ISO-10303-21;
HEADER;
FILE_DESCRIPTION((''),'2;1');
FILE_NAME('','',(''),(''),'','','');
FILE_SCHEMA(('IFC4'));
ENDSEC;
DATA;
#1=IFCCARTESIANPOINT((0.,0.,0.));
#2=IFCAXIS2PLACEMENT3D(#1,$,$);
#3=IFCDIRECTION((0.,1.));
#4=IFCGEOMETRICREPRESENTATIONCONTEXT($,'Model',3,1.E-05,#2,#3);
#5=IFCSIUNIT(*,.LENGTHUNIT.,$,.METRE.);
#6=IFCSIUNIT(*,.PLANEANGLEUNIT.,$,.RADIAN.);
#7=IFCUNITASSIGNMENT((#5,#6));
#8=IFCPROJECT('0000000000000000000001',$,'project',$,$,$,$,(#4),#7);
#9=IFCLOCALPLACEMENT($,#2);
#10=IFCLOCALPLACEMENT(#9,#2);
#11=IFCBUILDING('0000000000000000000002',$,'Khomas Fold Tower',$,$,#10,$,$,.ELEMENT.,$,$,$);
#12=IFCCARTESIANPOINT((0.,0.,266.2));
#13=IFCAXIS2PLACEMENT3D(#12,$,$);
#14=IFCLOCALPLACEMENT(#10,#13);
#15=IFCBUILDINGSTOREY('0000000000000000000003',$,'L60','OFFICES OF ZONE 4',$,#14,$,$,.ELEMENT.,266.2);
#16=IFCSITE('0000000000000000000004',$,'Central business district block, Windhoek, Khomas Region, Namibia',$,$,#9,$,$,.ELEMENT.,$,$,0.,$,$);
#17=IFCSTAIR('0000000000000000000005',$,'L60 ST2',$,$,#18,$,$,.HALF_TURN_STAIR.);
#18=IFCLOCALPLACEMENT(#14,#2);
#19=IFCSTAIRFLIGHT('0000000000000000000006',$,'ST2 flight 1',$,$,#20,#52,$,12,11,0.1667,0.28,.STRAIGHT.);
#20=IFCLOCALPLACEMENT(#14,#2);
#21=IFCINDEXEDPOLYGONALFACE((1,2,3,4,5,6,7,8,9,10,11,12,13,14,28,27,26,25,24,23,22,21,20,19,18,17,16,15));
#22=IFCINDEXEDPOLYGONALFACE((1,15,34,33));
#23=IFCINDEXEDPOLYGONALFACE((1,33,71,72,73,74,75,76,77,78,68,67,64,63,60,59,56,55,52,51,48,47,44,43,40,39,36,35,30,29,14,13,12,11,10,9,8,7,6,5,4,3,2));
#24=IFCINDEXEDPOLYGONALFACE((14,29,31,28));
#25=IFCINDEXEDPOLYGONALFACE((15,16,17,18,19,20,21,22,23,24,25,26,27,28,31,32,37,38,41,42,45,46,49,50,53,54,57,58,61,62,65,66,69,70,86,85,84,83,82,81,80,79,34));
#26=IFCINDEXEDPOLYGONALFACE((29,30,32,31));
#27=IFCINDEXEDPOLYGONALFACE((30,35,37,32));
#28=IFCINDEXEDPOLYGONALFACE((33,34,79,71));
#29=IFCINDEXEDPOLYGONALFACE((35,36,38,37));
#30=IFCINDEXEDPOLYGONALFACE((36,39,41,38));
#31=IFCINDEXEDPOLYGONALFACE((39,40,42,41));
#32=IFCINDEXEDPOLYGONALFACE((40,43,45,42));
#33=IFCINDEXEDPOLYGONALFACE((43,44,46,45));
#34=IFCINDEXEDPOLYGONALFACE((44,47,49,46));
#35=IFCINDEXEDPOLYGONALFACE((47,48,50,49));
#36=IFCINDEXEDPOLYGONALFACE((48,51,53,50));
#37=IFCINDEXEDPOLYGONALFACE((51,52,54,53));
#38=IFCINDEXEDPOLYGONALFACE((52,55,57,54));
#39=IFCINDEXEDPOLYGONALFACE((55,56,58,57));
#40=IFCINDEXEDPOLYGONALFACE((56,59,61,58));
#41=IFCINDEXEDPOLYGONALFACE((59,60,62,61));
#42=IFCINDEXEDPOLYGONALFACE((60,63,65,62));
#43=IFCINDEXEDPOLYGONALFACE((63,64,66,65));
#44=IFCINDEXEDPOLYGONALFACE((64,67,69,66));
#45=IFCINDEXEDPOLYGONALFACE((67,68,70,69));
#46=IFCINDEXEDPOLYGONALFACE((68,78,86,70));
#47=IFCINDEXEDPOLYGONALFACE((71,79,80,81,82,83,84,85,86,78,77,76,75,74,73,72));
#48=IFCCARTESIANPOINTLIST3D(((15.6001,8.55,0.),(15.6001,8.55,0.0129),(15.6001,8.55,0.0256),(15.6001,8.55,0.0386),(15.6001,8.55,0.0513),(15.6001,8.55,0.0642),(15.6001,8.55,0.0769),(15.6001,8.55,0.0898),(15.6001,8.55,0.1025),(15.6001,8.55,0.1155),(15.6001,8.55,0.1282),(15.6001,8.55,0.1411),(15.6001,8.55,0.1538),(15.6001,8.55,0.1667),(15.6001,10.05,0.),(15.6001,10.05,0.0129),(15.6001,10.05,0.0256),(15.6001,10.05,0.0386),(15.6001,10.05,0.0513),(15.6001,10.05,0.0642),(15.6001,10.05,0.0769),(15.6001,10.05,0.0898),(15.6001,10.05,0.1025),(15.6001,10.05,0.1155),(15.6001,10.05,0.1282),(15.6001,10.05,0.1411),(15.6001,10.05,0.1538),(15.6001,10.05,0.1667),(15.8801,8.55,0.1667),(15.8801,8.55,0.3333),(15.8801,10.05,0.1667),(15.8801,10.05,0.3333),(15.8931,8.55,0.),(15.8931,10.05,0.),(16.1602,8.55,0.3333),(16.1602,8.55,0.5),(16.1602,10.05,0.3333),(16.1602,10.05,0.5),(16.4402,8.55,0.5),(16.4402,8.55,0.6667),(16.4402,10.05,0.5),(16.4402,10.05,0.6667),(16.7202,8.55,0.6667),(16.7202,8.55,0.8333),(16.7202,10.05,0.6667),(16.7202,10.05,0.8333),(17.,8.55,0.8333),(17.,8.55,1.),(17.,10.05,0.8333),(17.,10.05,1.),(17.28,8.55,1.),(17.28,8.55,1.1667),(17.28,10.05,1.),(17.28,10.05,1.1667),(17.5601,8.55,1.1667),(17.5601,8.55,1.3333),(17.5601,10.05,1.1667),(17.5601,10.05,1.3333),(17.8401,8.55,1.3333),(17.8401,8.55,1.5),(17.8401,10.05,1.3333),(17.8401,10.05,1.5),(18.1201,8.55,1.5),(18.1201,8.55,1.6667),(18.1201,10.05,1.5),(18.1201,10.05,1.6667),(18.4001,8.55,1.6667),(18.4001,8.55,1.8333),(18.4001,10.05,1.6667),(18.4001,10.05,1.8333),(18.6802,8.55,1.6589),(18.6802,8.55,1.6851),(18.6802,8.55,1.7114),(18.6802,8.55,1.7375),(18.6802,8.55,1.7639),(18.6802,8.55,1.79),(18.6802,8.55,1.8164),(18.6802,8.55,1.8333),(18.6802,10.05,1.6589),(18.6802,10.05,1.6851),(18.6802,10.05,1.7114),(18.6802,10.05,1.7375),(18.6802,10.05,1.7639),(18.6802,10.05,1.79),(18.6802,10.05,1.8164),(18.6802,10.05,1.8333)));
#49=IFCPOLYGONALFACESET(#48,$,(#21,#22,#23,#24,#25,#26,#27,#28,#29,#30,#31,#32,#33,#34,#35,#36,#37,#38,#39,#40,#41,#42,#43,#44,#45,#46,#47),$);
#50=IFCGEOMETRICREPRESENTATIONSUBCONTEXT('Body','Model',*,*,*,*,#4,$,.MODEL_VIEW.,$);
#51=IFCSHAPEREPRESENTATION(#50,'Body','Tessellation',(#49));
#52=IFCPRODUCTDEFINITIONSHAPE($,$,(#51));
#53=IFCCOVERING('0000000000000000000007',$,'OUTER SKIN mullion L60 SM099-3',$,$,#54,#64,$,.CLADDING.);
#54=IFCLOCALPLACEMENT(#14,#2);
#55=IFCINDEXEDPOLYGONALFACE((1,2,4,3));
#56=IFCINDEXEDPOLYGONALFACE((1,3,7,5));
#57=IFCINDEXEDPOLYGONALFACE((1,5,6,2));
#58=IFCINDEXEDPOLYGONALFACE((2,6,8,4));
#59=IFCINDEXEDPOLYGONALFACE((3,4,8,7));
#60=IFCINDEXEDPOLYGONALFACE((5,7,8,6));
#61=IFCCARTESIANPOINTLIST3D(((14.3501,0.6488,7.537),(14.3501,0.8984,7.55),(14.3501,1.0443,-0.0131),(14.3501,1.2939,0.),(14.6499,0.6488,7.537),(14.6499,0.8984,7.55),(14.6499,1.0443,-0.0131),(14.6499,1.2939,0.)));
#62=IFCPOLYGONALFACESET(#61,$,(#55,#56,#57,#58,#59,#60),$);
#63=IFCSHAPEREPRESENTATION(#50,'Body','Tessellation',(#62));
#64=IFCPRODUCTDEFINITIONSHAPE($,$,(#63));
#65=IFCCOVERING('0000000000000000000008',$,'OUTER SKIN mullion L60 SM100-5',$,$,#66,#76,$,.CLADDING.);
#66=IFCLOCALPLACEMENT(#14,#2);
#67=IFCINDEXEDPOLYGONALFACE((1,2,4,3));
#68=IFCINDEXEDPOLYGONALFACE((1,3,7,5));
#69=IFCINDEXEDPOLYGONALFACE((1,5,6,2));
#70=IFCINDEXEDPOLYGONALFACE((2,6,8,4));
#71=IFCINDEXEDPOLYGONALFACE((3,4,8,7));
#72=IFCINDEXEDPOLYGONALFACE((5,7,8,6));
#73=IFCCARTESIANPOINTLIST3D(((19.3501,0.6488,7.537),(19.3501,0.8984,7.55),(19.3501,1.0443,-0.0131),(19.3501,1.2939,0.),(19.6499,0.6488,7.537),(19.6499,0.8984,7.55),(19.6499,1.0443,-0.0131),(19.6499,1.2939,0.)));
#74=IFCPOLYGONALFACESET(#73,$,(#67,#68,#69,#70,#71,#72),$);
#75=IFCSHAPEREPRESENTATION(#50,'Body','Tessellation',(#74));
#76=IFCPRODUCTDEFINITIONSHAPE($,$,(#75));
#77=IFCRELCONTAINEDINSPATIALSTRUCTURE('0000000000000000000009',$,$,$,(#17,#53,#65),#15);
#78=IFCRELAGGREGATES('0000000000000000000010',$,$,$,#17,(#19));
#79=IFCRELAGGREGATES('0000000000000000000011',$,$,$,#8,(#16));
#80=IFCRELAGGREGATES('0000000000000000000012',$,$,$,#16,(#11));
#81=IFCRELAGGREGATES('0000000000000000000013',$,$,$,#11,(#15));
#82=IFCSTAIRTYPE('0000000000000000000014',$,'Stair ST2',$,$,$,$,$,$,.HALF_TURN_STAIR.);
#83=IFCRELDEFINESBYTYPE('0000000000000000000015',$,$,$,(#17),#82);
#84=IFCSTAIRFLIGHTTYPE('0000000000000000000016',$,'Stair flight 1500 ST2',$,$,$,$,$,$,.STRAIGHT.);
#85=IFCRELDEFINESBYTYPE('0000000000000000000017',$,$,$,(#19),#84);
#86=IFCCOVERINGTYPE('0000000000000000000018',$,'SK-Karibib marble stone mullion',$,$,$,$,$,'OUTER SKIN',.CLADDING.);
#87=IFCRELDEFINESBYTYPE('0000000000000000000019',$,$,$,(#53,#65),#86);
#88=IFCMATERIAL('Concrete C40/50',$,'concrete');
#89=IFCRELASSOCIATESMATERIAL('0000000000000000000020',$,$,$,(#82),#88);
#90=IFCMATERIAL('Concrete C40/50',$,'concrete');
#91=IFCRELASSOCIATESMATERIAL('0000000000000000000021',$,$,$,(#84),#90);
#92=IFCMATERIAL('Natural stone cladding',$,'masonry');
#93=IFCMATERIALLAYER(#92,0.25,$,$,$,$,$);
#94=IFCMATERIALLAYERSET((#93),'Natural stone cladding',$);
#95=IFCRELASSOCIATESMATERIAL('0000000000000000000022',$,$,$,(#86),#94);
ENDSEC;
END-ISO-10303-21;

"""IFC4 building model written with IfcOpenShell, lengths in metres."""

from ifc_helpers import new_model, si_unit, direction, frame, origin, place, context, subcontext, project, spatial, polyline, outline, extrude, source, transform, mapped, material, layer, layer_set, type_object, element, aggregate, save


model = new_model("IFC4")

# Units and contexts
model_context = context("Model", 3, precision=1e-05, world=origin(), true_north=direction((0.0, 1.0)))
body_context = subcontext(model_context, "Body", "Model", "MODEL_VIEW")
ifc_project = project(units=[si_unit("LENGTHUNIT", "METRE"), si_unit("PLANEANGLEUNIT", "RADIAN")], contexts=[model_context])

# Site, building, storey
site_placement = place(None, origin())
site = spatial("IfcSite", under=ifc_project, at=site_placement, Name="Central business district block, Windhoek, Khomas Region, Namibia", CompositionType="ELEMENT", RefElevation=0.0)
building_placement = place(site_placement, origin())
building = spatial("IfcBuilding", under=site, at=building_placement, Name="Khomas Fold Tower", CompositionType="ELEMENT")
storey_placement = place(building_placement, frame((0.0, 0.0, 266.2)))
storey = spatial("IfcBuildingStorey", under=building, at=storey_placement, Name="L60", Description="OFFICES OF ZONE 4", CompositionType="ELEMENT", Elevation=266.2)

# Stair, stair flight
ifc_material_1 = material(Name="Concrete C40/50", Category="concrete")
stair_type = type_object("IfcStairType", Name="Stair ST2", PredefinedType="HALF_TURN_STAIR", material=ifc_material_1)
stair_placement = place(storey_placement, origin())
stair = element("IfcStair", 1, at=stair_placement, inside=storey, type_object=stair_type, Name="L60 ST2", PredefinedType="HALF_TURN_STAIR")
ifc_material_2 = material(Name="Concrete C40/50", Category="concrete")
stair_flight_type = type_object("IfcStairFlightType", Name="Stair flight 1500 ST2", PredefinedType="STRAIGHT", material=ifc_material_2)
shared_shape_1 = source(origin(), body_context, "Body", "SweptSolid", [
    extrude(outline(polyline([(0.0, 0.0), (0.0, 0.0129), (0.0, 0.0256), (0.0, 0.0386), (0.0, 0.0513), (0.0, 0.0642), (0.0, 0.0769), (0.0, 0.0898), (0.0, 0.1025), (0.0, 0.1155), (0.0, 0.1282), (0.0, 0.1411), (0.0, 0.1538), (0.0, 0.1667), (0.28, 0.1667), (0.28, 0.3333), (0.5601, 0.3333), (0.5601, 0.5), (0.8401, 0.5), (0.8401, 0.6667), (1.1201, 0.6667), (1.1201, 0.8333), (1.3999, 0.8333), (1.3999, 1.0), (1.6799, 1.0), (1.6799, 1.1667), (1.96, 1.1667), (1.96, 1.3333), (2.24, 1.3333), (2.24, 1.5), (2.52, 1.5), (2.52, 1.6667), (2.8, 1.6667), (2.8, 1.8333), (3.0801, 1.8333), (3.0801, 2.0), (3.0801, 1.9739), (3.0801, 1.9475), (3.0801, 1.9214), (3.0801, 1.895), (3.0801, 1.8689), (3.0801, 1.8425), (3.0801, 1.8164), (3.0801, 1.79), (3.0801, 1.7639), (3.0801, 1.7375), (3.0801, 1.7114), (3.0801, 1.6851), (3.0801, 1.6589), (0.293, 0.0), (0.0, 0.0)])), frame((0.0, 0.75, 0.0), z_axis=(0.0, -1.0, 0.0), x_axis=(1.0, 0.0, 0.0)), (0.0, 0.0, 1.0), 1.5),
])
stair_flight_placement = place(storey_placement, frame((15.6001, 9.3, 0.0), z_axis=(0.0, 0.0, 1.0), x_axis=(1.0, 0.0, 0.0)))
stair_flight = element("IfcStairFlight", 2, at=stair_flight_placement, type_object=stair_flight_type, Name="ST2 flight 1", NumberOfRisers=12, NumberOfTreads=11, PredefinedType="STRAIGHT", RiserHeight=0.1667, TreadLength=0.28, context=body_context, shape_type="MappedRepresentation", body=[
    mapped(shared_shape_1, transform((0.0, 0.0, 0.0))),
])
aggregate(stair, [stair_flight])

# Coverings
ifc_material_3 = material(Name="Natural stone cladding", Category="masonry")
ifc_layer_1 = layer(ifc_material_3, 0.25)
ifc_layer_set_1 = layer_set([ifc_layer_1], Name="Natural stone cladding")
covering_type = type_object("IfcCoveringType", Name="SK-Karibib marble stone mullion", ElementType="OUTER SKIN", PredefinedType="CLADDING", material=ifc_layer_set_1)
for number, where, z_axis, x_axis, name in (
    (3, (14.3501, 1.2939, 0.0), (0.0, 0.998631, 0.052313), (0.0, -0.052313, 0.998631), "OUTER SKIN mullion L60 SM099-3"),
    (4, (19.3501, 1.2939, 0.0), (0.0, 0.998631, 0.052313), (0.0, -0.052313, 0.998631), "OUTER SKIN mullion L60 SM100-5"),
):
    element("IfcCovering", number, at=place(storey_placement, frame(where, z_axis=z_axis, x_axis=x_axis)), inside=storey, type_object=covering_type, Name=name, PredefinedType="CLADDING", context=body_context, shape_type="SweptSolid", body=[
        extrude(outline(polyline([(0.0, 0.0), (7.5604, 0.0), (7.5604, 0.2998), (0.0, 0.2998), (0.0, 0.0)])), origin(), (0.0, 0.0, -1.0), 0.25),
    ])

save(model, "model.ifc")
